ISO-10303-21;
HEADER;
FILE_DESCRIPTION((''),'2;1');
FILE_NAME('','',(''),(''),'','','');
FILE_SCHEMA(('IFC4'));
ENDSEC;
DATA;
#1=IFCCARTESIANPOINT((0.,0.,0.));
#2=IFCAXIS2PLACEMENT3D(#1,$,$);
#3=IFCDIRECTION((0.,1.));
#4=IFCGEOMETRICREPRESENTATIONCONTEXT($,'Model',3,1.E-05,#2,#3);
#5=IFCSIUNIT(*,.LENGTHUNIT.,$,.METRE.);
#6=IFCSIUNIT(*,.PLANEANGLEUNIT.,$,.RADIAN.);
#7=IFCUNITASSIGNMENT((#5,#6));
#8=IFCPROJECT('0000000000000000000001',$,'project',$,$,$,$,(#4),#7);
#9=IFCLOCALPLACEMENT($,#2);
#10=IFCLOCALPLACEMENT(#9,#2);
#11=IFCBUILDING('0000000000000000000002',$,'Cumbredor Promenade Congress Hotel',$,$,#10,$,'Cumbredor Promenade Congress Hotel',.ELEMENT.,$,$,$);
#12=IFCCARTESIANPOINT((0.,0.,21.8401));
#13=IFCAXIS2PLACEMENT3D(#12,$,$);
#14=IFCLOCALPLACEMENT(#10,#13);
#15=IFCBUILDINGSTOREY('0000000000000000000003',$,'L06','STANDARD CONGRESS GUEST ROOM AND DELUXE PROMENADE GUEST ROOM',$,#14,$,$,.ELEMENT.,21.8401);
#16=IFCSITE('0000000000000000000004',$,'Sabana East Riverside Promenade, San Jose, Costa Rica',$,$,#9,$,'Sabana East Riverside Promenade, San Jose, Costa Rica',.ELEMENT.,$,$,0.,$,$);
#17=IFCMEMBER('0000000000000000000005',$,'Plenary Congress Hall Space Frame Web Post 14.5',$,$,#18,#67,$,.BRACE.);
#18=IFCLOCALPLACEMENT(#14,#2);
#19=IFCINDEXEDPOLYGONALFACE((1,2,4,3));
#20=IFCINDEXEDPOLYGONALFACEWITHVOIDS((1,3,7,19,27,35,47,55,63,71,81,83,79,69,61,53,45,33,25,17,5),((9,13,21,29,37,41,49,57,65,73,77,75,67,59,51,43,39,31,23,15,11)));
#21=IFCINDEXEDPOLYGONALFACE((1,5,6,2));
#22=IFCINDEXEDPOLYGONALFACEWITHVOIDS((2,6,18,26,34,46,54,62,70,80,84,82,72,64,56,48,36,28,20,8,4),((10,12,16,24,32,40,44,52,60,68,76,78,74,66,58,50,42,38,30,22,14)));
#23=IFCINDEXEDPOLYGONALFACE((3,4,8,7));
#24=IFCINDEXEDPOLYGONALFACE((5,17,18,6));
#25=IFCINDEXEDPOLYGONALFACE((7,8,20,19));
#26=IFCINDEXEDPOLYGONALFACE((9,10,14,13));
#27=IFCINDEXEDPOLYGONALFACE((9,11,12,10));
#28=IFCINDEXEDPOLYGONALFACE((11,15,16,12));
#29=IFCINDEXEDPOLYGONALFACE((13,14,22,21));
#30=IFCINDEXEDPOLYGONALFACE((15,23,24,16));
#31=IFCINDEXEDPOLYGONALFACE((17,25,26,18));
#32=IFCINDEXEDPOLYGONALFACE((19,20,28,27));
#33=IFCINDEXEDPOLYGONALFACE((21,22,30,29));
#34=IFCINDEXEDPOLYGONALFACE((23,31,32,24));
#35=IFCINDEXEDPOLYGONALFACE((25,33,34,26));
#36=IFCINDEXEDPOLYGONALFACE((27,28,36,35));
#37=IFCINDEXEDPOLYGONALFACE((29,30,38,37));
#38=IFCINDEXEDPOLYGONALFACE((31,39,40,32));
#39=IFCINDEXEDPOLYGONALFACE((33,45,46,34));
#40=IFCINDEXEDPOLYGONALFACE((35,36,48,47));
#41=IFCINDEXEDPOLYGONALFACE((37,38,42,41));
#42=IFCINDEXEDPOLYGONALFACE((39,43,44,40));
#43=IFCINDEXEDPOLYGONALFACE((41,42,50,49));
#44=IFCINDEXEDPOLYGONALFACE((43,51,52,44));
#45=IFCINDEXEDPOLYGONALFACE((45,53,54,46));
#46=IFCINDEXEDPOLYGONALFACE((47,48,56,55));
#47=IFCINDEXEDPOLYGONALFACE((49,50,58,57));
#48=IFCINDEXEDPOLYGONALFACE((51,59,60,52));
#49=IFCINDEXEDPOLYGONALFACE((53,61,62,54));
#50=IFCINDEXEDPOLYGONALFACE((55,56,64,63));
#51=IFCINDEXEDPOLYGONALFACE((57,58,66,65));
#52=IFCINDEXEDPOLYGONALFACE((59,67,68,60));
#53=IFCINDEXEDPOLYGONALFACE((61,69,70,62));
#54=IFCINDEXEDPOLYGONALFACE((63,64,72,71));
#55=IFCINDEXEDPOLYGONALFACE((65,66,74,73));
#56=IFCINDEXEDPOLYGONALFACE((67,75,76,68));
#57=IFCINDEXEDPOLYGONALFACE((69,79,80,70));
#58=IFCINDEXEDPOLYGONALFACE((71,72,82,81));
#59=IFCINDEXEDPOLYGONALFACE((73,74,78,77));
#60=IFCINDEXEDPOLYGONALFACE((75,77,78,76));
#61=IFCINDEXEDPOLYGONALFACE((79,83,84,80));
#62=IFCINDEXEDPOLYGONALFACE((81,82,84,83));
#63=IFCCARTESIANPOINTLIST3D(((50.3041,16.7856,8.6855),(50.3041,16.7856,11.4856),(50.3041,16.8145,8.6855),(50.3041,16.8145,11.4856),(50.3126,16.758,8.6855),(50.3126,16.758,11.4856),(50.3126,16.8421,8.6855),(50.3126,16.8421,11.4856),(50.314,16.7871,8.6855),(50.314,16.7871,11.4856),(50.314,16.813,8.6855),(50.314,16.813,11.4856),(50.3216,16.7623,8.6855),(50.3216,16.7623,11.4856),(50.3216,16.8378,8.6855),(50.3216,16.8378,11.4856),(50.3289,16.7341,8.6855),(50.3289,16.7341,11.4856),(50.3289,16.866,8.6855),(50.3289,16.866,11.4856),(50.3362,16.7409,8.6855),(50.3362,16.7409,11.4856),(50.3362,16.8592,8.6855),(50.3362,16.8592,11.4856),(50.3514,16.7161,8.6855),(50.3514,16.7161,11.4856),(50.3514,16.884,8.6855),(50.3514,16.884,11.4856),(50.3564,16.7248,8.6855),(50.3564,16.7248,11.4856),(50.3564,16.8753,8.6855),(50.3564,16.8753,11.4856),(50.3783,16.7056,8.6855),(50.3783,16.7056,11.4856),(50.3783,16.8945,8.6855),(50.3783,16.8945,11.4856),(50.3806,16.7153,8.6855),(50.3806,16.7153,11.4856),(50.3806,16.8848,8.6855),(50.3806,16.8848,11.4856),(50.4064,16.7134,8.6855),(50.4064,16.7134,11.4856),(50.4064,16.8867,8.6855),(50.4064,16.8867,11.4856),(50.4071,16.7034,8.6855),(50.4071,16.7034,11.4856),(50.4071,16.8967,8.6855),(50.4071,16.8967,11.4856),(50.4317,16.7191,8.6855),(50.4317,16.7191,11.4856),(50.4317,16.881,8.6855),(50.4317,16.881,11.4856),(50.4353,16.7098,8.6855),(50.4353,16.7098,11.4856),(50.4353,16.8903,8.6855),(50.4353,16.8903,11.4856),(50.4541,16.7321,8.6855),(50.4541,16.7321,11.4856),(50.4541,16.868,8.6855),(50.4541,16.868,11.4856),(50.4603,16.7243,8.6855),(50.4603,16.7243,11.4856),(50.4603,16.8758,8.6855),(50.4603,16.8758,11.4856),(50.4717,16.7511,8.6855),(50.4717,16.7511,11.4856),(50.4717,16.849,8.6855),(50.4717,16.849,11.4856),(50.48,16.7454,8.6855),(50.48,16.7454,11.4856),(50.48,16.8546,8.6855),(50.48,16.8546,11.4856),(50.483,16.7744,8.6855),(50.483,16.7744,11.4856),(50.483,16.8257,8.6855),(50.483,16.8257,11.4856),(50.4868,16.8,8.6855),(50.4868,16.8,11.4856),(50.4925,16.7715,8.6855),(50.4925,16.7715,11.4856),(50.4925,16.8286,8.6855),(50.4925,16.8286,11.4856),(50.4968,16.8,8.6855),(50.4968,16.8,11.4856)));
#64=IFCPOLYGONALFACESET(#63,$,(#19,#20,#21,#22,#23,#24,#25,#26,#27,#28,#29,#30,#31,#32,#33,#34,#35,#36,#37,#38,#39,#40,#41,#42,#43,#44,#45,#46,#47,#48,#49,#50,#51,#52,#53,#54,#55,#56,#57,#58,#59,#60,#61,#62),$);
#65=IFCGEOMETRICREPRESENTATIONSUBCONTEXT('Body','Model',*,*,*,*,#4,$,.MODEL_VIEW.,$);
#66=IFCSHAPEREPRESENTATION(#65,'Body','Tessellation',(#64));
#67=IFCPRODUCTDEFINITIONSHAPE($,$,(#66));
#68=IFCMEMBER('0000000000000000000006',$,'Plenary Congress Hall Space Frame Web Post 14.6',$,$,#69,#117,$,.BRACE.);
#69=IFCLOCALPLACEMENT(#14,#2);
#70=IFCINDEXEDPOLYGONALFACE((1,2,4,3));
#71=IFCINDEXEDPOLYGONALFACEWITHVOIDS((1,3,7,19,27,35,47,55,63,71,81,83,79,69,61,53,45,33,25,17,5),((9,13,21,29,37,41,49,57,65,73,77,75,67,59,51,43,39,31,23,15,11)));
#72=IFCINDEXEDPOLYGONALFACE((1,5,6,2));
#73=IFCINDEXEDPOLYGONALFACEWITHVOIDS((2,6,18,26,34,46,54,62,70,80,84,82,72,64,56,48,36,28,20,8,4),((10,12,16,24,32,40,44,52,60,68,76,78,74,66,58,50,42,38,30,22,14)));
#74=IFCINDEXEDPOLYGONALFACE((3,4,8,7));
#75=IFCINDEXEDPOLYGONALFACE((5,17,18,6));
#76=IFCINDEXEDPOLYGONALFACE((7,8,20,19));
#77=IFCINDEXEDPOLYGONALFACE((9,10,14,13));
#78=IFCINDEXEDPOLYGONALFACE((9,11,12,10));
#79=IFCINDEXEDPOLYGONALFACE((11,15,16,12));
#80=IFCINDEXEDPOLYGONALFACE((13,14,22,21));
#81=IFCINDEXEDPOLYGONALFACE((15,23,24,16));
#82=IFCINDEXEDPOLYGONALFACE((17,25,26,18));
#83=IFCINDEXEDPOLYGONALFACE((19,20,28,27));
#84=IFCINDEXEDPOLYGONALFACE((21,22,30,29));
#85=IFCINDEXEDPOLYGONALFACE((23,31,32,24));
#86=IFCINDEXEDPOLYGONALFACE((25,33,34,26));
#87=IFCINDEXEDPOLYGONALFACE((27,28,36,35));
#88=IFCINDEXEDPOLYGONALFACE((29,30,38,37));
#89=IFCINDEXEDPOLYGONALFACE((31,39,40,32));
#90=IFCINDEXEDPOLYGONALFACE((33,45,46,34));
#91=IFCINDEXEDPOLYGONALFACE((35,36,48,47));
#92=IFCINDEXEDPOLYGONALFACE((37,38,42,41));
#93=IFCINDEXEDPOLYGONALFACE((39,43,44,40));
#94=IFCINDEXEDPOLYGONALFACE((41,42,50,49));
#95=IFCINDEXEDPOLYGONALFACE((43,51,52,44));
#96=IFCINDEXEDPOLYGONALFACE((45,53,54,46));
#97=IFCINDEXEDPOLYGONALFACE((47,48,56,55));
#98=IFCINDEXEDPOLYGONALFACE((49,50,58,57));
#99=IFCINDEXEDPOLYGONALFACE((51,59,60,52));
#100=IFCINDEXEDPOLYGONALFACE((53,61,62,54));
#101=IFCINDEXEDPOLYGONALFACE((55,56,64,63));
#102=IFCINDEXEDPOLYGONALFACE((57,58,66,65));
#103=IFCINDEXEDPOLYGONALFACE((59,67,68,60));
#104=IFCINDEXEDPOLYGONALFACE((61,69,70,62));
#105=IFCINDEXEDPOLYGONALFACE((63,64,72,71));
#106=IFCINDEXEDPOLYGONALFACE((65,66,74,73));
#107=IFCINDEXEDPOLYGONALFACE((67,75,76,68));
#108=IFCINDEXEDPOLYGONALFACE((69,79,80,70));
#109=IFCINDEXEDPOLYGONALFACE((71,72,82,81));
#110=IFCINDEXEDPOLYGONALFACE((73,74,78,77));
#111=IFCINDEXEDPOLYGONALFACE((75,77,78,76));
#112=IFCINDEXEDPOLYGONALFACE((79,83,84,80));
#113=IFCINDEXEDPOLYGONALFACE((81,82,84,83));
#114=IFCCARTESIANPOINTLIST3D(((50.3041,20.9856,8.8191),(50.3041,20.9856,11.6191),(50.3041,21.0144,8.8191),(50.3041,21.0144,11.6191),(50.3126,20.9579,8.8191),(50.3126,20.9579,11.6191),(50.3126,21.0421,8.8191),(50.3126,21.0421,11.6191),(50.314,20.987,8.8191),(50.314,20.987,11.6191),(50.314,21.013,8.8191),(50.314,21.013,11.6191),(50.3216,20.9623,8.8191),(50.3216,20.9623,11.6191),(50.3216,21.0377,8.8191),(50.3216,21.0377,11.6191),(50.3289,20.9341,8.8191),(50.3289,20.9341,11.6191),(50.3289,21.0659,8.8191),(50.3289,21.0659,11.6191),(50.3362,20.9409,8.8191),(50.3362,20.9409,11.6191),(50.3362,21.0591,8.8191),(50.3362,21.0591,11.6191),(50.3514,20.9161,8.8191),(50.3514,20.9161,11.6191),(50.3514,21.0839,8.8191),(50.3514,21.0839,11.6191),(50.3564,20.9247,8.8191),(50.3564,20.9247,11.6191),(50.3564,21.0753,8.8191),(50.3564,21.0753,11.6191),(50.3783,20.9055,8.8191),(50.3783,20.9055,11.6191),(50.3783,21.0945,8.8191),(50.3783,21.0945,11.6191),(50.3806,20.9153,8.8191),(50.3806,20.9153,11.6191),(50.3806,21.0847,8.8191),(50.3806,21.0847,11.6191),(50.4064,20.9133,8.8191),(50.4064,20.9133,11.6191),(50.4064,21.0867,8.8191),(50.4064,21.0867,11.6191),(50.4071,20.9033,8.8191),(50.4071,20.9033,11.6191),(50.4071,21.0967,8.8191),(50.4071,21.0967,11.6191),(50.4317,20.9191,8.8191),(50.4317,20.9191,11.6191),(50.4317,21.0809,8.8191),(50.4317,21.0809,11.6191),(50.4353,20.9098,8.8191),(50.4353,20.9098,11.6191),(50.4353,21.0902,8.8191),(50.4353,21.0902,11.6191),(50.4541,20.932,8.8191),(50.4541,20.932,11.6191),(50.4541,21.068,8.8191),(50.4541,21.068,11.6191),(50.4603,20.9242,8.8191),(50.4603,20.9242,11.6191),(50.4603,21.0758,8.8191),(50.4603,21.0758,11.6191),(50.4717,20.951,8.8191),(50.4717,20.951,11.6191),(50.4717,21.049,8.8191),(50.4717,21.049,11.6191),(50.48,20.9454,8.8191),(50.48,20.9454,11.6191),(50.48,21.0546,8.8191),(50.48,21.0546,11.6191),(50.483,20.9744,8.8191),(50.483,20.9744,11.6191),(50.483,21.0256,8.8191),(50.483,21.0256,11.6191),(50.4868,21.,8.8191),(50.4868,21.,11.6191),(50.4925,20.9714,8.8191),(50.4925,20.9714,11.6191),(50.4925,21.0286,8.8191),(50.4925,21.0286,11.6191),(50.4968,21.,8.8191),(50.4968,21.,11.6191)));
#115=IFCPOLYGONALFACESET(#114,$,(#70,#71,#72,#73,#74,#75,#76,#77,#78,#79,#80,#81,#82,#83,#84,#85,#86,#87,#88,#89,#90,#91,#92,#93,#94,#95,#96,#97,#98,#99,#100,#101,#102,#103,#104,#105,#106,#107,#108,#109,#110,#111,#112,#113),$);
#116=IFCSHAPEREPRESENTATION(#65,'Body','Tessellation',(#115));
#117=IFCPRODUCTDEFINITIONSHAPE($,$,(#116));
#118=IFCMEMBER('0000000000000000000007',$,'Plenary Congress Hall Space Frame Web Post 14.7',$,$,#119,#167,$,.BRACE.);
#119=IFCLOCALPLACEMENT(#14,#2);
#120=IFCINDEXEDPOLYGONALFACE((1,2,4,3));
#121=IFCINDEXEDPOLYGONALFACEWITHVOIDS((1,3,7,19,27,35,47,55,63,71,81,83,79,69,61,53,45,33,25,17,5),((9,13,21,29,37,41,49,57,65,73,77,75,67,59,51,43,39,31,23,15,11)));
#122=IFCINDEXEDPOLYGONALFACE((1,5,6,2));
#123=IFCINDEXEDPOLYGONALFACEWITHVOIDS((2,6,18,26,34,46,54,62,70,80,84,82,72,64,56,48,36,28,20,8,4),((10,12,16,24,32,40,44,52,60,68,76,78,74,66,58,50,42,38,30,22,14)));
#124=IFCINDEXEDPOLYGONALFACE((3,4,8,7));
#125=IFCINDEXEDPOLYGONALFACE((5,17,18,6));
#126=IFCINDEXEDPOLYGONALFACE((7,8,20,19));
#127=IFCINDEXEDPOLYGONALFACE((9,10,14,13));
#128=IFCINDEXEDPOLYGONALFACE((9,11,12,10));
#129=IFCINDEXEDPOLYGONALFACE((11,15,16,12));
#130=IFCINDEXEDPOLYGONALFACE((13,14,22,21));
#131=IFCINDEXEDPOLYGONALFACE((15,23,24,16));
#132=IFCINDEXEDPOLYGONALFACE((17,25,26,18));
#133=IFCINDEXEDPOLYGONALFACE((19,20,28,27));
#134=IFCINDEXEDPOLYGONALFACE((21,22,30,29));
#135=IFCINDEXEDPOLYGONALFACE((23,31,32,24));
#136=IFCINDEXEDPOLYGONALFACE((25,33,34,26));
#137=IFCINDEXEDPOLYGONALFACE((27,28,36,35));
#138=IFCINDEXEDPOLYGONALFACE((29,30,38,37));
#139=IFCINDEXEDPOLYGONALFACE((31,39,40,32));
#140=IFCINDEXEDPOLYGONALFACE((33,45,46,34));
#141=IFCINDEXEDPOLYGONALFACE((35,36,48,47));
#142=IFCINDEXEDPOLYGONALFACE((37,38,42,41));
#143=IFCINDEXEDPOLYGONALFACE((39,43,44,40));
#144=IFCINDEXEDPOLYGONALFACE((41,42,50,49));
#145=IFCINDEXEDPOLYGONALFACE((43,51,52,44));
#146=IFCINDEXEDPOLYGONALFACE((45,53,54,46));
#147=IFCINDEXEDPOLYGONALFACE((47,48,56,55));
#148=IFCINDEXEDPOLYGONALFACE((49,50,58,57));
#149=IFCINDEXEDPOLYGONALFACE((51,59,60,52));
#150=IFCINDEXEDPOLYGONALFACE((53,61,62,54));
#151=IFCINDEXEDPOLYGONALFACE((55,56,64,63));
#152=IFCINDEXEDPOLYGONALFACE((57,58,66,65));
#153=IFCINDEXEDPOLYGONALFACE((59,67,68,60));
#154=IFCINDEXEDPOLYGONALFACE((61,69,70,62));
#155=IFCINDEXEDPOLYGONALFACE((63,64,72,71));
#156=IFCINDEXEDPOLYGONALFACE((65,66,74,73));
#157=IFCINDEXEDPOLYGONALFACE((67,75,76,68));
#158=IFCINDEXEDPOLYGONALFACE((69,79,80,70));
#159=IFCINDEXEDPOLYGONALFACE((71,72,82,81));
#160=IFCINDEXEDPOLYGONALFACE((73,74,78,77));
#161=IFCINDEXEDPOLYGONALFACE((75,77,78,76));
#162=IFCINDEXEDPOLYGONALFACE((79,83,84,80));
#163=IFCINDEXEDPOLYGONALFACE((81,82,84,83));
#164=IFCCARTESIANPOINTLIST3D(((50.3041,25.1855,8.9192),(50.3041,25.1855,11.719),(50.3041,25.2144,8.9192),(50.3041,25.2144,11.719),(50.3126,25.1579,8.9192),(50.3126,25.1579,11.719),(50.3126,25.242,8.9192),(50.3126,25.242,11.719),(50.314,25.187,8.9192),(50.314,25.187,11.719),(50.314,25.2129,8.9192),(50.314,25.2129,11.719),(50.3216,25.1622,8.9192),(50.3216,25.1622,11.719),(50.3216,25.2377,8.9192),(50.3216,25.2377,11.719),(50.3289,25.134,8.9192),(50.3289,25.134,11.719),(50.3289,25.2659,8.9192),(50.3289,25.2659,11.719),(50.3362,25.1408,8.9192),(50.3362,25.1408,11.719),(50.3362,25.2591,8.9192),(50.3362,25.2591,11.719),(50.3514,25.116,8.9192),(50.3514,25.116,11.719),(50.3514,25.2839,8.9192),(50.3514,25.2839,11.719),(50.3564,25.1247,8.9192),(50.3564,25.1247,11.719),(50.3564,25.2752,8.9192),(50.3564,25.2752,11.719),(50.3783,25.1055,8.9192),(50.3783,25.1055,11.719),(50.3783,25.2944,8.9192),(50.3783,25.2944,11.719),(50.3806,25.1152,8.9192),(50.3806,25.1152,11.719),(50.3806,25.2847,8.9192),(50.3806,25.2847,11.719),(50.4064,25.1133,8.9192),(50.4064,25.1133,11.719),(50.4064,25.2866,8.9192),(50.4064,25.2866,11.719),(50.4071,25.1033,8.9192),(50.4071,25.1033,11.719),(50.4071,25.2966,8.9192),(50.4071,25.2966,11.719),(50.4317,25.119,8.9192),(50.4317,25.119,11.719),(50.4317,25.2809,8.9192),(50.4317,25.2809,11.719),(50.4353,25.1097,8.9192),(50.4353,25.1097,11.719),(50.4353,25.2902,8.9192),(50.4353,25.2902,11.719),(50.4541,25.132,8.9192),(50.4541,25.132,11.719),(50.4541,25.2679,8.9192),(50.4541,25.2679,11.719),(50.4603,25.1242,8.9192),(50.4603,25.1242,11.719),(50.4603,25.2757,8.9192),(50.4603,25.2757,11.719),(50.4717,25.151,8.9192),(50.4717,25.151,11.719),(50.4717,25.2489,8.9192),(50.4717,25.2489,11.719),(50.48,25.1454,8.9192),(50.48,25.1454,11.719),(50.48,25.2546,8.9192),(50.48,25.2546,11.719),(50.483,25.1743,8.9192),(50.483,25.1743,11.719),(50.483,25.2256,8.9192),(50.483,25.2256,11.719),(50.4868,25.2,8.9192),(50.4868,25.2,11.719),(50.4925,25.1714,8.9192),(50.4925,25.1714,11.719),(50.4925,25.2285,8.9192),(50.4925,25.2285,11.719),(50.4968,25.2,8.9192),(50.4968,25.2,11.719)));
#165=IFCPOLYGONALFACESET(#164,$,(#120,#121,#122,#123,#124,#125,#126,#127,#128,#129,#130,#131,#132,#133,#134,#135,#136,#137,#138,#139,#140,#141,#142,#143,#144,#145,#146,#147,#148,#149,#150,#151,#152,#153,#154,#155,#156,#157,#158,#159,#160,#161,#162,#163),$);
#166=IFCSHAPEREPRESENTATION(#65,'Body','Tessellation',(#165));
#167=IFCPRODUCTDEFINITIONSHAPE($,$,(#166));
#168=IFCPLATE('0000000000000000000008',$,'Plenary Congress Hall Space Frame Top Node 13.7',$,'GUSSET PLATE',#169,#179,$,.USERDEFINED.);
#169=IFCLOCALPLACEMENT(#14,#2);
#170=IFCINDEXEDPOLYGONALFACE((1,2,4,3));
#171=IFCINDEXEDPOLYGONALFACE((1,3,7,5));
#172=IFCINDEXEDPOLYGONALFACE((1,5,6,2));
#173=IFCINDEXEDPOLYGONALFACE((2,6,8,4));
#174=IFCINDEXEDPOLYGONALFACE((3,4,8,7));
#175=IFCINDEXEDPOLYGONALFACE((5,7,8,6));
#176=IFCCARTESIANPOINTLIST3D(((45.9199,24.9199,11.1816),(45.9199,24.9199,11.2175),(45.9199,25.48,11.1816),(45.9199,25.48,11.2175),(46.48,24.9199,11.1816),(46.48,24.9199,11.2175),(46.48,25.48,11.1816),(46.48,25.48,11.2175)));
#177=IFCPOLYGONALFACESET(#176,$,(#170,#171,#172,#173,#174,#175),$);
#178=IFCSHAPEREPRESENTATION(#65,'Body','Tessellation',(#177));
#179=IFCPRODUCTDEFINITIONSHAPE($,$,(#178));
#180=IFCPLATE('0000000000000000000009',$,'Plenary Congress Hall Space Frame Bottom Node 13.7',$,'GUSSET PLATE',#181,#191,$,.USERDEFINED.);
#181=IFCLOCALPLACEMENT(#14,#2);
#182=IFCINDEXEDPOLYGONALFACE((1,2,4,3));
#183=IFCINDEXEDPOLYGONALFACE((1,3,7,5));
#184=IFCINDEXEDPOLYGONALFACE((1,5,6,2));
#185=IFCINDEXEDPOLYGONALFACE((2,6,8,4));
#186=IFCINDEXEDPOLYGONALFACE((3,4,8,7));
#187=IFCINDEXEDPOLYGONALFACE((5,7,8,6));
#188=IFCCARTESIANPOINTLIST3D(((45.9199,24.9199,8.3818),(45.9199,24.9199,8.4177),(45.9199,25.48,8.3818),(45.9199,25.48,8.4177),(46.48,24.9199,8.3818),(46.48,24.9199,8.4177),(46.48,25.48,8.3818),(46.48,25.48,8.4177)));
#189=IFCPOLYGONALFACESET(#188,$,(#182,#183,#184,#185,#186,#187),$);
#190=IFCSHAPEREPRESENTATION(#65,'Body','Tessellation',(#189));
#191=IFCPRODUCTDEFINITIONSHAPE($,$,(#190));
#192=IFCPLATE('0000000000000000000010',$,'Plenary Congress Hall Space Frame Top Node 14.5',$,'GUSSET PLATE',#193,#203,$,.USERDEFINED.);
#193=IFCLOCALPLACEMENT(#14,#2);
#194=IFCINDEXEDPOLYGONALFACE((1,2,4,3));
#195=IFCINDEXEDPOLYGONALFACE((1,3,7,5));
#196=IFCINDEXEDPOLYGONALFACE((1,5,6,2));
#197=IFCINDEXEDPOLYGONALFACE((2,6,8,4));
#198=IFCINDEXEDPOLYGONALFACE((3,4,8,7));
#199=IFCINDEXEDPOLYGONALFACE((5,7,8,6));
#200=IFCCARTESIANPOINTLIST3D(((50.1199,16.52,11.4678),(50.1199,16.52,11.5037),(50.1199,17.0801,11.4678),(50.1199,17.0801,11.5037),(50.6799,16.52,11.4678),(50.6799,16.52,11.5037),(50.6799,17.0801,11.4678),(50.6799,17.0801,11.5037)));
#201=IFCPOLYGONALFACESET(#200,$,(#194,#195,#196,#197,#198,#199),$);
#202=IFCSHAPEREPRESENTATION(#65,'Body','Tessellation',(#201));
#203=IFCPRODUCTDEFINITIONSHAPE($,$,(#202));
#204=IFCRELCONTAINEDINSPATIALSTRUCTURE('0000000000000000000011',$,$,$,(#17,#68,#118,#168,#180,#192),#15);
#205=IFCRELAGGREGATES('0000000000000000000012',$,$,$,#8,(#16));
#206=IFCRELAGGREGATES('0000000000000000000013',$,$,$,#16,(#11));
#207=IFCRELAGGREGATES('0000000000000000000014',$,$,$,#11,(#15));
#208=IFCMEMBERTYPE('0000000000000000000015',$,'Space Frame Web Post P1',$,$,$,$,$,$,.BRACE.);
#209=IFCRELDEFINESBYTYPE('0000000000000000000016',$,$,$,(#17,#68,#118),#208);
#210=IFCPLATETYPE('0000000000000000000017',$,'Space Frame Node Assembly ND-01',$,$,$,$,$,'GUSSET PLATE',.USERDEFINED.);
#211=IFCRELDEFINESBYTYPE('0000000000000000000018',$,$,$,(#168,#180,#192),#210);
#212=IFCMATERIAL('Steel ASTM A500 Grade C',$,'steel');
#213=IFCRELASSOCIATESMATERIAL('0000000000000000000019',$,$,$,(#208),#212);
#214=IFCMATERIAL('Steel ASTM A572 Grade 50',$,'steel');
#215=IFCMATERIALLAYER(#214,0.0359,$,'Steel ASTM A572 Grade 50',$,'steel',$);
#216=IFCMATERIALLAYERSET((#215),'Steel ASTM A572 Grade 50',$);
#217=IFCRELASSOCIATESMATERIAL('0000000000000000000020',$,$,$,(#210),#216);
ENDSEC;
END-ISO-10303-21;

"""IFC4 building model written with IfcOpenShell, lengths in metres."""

from ifc_helpers import new_model, si_unit, direction, frame, origin, origin_2d, place, context, subcontext, project, spatial, rectangle, hollow_circle, extrude, material, layer, layer_set, material_profile, profile_set, type_object, element, save


model = new_model("IFC4")

# Units and contexts
model_context = context("Model", 3, precision=1e-05, world=origin(), true_north=direction((0.0, 1.0)))
body_context = subcontext(model_context, "Body", "Model", "MODEL_VIEW")
ifc_project = project(units=[si_unit("LENGTHUNIT", "METRE"), si_unit("PLANEANGLEUNIT", "RADIAN")], contexts=[model_context])

# Site, building, storey
site_placement = place(None, origin())
site = spatial("IfcSite", under=ifc_project, at=site_placement, Name="Sabana East Riverside Promenade, San Jose, Costa Rica", LongName="Sabana East Riverside Promenade, San Jose, Costa Rica", CompositionType="ELEMENT", RefElevation=0.0)
building_placement = place(site_placement, origin())
building = spatial("IfcBuilding", under=site, at=building_placement, Name="Cumbredor Promenade Congress Hotel", LongName="Cumbredor Promenade Congress Hotel", CompositionType="ELEMENT")
storey_placement = place(building_placement, frame((0.0, 0.0, 21.8401)))
storey = spatial("IfcBuildingStorey", under=building, at=storey_placement, Name="L06", Description="STANDARD CONGRESS GUEST ROOM AND DELUXE PROMENADE GUEST ROOM", CompositionType="ELEMENT", Elevation=21.8401)

# Members
ifc_material_1 = material(Name="Steel ASTM A500 Grade C", Category="steel")
ifc_material_profile_1 = material_profile(ifc_material_1, hollow_circle(Radius=0.0969, WallThickness=0.01, at=origin_2d()), Name="CHS 193.7x10")
ifc_profile_set_1 = profile_set([ifc_material_profile_1], Name="Steel ASTM A500 Grade C")
member_type_1 = type_object("IfcMemberType", Name="Space Frame Web Post P1", PredefinedType="BRACE", material=ifc_profile_set_1)
for number, where, z_axis, x_axis, name in (
    (1, (50.3999, 16.8, 8.6855), (0.0, 0.0, 1.0), (1.0, 0.0, 0.0), "Plenary Congress Hall Space Frame Web Post 14.5"),
    (2, (50.3999, 21.0, 8.8191), (0.0, 0.0, 1.0), (1.0, 0.0, 0.0), "Plenary Congress Hall Space Frame Web Post 14.6"),
):
    element("IfcMember", number, at=place(storey_placement, frame(where, z_axis=z_axis, x_axis=x_axis)), inside=storey, type_object=member_type_1, Name=name, PredefinedType="BRACE", context=body_context, shape_type="SweptSolid", body=[
        extrude(hollow_circle(Radius=0.0969, WallThickness=0.01, at=origin_2d()), origin(), (0.0, 0.0, 1.0), 2.8),
    ])
member_1_placement = place(storey_placement, frame((50.3999, 25.2, 8.9192), z_axis=(0.0, 0.0, 1.0), x_axis=(1.0, 0.0, 0.0)))
element("IfcMember", 3, at=member_1_placement, inside=storey, type_object=member_type_1, Name="Plenary Congress Hall Space Frame Web Post 14.7", PredefinedType="BRACE", context=body_context, shape_type="SweptSolid", body=[
    extrude(hollow_circle(Radius=0.0969, WallThickness=0.01, at=origin_2d()), origin(), (0.0, 0.0, 1.0), 2.7998),
])

# Plates
ifc_material_2 = material(Name="Steel ASTM A572 Grade 50", Category="steel")
ifc_layer = layer(ifc_material_2, 0.0359, Name="Steel ASTM A572 Grade 50", Category="steel")
ifc_layer_set = layer_set([ifc_layer], Name="Steel ASTM A572 Grade 50")
plate_type = type_object("IfcPlateType", Name="Space Frame Node Assembly ND-01", ElementType="GUSSET PLATE", PredefinedType="USERDEFINED", material=ifc_layer_set)
for number, where, z_axis, x_axis, name in (
    (4, (46.2, 25.2, 11.1816), (0.0, 0.0, 1.0), (1.0, 0.0, 0.0), "Plenary Congress Hall Space Frame Top Node 13.7"),
    (5, (46.2, 25.2, 8.3818), (0.0, 0.0, 1.0), (1.0, 0.0, 0.0), "Plenary Congress Hall Space Frame Bottom Node 13.7"),
    (6, (50.3999, 16.8, 11.4678), (0.0, 0.0, 1.0), (1.0, 0.0, 0.0), "Plenary Congress Hall Space Frame Top Node 14.5"),
):
    element("IfcPlate", number, at=place(storey_placement, frame(where, z_axis=z_axis, x_axis=x_axis)), inside=storey, type_object=plate_type, Name=name, ObjectType="GUSSET PLATE", PredefinedType="USERDEFINED", context=body_context, shape_type="SweptSolid", body=[
        extrude(rectangle(XDim=0.5601, YDim=0.5601, at=origin_2d()), origin(), (0.0, 0.0, 1.0), 0.0359),
    ])

save(model, "model.ifc")
